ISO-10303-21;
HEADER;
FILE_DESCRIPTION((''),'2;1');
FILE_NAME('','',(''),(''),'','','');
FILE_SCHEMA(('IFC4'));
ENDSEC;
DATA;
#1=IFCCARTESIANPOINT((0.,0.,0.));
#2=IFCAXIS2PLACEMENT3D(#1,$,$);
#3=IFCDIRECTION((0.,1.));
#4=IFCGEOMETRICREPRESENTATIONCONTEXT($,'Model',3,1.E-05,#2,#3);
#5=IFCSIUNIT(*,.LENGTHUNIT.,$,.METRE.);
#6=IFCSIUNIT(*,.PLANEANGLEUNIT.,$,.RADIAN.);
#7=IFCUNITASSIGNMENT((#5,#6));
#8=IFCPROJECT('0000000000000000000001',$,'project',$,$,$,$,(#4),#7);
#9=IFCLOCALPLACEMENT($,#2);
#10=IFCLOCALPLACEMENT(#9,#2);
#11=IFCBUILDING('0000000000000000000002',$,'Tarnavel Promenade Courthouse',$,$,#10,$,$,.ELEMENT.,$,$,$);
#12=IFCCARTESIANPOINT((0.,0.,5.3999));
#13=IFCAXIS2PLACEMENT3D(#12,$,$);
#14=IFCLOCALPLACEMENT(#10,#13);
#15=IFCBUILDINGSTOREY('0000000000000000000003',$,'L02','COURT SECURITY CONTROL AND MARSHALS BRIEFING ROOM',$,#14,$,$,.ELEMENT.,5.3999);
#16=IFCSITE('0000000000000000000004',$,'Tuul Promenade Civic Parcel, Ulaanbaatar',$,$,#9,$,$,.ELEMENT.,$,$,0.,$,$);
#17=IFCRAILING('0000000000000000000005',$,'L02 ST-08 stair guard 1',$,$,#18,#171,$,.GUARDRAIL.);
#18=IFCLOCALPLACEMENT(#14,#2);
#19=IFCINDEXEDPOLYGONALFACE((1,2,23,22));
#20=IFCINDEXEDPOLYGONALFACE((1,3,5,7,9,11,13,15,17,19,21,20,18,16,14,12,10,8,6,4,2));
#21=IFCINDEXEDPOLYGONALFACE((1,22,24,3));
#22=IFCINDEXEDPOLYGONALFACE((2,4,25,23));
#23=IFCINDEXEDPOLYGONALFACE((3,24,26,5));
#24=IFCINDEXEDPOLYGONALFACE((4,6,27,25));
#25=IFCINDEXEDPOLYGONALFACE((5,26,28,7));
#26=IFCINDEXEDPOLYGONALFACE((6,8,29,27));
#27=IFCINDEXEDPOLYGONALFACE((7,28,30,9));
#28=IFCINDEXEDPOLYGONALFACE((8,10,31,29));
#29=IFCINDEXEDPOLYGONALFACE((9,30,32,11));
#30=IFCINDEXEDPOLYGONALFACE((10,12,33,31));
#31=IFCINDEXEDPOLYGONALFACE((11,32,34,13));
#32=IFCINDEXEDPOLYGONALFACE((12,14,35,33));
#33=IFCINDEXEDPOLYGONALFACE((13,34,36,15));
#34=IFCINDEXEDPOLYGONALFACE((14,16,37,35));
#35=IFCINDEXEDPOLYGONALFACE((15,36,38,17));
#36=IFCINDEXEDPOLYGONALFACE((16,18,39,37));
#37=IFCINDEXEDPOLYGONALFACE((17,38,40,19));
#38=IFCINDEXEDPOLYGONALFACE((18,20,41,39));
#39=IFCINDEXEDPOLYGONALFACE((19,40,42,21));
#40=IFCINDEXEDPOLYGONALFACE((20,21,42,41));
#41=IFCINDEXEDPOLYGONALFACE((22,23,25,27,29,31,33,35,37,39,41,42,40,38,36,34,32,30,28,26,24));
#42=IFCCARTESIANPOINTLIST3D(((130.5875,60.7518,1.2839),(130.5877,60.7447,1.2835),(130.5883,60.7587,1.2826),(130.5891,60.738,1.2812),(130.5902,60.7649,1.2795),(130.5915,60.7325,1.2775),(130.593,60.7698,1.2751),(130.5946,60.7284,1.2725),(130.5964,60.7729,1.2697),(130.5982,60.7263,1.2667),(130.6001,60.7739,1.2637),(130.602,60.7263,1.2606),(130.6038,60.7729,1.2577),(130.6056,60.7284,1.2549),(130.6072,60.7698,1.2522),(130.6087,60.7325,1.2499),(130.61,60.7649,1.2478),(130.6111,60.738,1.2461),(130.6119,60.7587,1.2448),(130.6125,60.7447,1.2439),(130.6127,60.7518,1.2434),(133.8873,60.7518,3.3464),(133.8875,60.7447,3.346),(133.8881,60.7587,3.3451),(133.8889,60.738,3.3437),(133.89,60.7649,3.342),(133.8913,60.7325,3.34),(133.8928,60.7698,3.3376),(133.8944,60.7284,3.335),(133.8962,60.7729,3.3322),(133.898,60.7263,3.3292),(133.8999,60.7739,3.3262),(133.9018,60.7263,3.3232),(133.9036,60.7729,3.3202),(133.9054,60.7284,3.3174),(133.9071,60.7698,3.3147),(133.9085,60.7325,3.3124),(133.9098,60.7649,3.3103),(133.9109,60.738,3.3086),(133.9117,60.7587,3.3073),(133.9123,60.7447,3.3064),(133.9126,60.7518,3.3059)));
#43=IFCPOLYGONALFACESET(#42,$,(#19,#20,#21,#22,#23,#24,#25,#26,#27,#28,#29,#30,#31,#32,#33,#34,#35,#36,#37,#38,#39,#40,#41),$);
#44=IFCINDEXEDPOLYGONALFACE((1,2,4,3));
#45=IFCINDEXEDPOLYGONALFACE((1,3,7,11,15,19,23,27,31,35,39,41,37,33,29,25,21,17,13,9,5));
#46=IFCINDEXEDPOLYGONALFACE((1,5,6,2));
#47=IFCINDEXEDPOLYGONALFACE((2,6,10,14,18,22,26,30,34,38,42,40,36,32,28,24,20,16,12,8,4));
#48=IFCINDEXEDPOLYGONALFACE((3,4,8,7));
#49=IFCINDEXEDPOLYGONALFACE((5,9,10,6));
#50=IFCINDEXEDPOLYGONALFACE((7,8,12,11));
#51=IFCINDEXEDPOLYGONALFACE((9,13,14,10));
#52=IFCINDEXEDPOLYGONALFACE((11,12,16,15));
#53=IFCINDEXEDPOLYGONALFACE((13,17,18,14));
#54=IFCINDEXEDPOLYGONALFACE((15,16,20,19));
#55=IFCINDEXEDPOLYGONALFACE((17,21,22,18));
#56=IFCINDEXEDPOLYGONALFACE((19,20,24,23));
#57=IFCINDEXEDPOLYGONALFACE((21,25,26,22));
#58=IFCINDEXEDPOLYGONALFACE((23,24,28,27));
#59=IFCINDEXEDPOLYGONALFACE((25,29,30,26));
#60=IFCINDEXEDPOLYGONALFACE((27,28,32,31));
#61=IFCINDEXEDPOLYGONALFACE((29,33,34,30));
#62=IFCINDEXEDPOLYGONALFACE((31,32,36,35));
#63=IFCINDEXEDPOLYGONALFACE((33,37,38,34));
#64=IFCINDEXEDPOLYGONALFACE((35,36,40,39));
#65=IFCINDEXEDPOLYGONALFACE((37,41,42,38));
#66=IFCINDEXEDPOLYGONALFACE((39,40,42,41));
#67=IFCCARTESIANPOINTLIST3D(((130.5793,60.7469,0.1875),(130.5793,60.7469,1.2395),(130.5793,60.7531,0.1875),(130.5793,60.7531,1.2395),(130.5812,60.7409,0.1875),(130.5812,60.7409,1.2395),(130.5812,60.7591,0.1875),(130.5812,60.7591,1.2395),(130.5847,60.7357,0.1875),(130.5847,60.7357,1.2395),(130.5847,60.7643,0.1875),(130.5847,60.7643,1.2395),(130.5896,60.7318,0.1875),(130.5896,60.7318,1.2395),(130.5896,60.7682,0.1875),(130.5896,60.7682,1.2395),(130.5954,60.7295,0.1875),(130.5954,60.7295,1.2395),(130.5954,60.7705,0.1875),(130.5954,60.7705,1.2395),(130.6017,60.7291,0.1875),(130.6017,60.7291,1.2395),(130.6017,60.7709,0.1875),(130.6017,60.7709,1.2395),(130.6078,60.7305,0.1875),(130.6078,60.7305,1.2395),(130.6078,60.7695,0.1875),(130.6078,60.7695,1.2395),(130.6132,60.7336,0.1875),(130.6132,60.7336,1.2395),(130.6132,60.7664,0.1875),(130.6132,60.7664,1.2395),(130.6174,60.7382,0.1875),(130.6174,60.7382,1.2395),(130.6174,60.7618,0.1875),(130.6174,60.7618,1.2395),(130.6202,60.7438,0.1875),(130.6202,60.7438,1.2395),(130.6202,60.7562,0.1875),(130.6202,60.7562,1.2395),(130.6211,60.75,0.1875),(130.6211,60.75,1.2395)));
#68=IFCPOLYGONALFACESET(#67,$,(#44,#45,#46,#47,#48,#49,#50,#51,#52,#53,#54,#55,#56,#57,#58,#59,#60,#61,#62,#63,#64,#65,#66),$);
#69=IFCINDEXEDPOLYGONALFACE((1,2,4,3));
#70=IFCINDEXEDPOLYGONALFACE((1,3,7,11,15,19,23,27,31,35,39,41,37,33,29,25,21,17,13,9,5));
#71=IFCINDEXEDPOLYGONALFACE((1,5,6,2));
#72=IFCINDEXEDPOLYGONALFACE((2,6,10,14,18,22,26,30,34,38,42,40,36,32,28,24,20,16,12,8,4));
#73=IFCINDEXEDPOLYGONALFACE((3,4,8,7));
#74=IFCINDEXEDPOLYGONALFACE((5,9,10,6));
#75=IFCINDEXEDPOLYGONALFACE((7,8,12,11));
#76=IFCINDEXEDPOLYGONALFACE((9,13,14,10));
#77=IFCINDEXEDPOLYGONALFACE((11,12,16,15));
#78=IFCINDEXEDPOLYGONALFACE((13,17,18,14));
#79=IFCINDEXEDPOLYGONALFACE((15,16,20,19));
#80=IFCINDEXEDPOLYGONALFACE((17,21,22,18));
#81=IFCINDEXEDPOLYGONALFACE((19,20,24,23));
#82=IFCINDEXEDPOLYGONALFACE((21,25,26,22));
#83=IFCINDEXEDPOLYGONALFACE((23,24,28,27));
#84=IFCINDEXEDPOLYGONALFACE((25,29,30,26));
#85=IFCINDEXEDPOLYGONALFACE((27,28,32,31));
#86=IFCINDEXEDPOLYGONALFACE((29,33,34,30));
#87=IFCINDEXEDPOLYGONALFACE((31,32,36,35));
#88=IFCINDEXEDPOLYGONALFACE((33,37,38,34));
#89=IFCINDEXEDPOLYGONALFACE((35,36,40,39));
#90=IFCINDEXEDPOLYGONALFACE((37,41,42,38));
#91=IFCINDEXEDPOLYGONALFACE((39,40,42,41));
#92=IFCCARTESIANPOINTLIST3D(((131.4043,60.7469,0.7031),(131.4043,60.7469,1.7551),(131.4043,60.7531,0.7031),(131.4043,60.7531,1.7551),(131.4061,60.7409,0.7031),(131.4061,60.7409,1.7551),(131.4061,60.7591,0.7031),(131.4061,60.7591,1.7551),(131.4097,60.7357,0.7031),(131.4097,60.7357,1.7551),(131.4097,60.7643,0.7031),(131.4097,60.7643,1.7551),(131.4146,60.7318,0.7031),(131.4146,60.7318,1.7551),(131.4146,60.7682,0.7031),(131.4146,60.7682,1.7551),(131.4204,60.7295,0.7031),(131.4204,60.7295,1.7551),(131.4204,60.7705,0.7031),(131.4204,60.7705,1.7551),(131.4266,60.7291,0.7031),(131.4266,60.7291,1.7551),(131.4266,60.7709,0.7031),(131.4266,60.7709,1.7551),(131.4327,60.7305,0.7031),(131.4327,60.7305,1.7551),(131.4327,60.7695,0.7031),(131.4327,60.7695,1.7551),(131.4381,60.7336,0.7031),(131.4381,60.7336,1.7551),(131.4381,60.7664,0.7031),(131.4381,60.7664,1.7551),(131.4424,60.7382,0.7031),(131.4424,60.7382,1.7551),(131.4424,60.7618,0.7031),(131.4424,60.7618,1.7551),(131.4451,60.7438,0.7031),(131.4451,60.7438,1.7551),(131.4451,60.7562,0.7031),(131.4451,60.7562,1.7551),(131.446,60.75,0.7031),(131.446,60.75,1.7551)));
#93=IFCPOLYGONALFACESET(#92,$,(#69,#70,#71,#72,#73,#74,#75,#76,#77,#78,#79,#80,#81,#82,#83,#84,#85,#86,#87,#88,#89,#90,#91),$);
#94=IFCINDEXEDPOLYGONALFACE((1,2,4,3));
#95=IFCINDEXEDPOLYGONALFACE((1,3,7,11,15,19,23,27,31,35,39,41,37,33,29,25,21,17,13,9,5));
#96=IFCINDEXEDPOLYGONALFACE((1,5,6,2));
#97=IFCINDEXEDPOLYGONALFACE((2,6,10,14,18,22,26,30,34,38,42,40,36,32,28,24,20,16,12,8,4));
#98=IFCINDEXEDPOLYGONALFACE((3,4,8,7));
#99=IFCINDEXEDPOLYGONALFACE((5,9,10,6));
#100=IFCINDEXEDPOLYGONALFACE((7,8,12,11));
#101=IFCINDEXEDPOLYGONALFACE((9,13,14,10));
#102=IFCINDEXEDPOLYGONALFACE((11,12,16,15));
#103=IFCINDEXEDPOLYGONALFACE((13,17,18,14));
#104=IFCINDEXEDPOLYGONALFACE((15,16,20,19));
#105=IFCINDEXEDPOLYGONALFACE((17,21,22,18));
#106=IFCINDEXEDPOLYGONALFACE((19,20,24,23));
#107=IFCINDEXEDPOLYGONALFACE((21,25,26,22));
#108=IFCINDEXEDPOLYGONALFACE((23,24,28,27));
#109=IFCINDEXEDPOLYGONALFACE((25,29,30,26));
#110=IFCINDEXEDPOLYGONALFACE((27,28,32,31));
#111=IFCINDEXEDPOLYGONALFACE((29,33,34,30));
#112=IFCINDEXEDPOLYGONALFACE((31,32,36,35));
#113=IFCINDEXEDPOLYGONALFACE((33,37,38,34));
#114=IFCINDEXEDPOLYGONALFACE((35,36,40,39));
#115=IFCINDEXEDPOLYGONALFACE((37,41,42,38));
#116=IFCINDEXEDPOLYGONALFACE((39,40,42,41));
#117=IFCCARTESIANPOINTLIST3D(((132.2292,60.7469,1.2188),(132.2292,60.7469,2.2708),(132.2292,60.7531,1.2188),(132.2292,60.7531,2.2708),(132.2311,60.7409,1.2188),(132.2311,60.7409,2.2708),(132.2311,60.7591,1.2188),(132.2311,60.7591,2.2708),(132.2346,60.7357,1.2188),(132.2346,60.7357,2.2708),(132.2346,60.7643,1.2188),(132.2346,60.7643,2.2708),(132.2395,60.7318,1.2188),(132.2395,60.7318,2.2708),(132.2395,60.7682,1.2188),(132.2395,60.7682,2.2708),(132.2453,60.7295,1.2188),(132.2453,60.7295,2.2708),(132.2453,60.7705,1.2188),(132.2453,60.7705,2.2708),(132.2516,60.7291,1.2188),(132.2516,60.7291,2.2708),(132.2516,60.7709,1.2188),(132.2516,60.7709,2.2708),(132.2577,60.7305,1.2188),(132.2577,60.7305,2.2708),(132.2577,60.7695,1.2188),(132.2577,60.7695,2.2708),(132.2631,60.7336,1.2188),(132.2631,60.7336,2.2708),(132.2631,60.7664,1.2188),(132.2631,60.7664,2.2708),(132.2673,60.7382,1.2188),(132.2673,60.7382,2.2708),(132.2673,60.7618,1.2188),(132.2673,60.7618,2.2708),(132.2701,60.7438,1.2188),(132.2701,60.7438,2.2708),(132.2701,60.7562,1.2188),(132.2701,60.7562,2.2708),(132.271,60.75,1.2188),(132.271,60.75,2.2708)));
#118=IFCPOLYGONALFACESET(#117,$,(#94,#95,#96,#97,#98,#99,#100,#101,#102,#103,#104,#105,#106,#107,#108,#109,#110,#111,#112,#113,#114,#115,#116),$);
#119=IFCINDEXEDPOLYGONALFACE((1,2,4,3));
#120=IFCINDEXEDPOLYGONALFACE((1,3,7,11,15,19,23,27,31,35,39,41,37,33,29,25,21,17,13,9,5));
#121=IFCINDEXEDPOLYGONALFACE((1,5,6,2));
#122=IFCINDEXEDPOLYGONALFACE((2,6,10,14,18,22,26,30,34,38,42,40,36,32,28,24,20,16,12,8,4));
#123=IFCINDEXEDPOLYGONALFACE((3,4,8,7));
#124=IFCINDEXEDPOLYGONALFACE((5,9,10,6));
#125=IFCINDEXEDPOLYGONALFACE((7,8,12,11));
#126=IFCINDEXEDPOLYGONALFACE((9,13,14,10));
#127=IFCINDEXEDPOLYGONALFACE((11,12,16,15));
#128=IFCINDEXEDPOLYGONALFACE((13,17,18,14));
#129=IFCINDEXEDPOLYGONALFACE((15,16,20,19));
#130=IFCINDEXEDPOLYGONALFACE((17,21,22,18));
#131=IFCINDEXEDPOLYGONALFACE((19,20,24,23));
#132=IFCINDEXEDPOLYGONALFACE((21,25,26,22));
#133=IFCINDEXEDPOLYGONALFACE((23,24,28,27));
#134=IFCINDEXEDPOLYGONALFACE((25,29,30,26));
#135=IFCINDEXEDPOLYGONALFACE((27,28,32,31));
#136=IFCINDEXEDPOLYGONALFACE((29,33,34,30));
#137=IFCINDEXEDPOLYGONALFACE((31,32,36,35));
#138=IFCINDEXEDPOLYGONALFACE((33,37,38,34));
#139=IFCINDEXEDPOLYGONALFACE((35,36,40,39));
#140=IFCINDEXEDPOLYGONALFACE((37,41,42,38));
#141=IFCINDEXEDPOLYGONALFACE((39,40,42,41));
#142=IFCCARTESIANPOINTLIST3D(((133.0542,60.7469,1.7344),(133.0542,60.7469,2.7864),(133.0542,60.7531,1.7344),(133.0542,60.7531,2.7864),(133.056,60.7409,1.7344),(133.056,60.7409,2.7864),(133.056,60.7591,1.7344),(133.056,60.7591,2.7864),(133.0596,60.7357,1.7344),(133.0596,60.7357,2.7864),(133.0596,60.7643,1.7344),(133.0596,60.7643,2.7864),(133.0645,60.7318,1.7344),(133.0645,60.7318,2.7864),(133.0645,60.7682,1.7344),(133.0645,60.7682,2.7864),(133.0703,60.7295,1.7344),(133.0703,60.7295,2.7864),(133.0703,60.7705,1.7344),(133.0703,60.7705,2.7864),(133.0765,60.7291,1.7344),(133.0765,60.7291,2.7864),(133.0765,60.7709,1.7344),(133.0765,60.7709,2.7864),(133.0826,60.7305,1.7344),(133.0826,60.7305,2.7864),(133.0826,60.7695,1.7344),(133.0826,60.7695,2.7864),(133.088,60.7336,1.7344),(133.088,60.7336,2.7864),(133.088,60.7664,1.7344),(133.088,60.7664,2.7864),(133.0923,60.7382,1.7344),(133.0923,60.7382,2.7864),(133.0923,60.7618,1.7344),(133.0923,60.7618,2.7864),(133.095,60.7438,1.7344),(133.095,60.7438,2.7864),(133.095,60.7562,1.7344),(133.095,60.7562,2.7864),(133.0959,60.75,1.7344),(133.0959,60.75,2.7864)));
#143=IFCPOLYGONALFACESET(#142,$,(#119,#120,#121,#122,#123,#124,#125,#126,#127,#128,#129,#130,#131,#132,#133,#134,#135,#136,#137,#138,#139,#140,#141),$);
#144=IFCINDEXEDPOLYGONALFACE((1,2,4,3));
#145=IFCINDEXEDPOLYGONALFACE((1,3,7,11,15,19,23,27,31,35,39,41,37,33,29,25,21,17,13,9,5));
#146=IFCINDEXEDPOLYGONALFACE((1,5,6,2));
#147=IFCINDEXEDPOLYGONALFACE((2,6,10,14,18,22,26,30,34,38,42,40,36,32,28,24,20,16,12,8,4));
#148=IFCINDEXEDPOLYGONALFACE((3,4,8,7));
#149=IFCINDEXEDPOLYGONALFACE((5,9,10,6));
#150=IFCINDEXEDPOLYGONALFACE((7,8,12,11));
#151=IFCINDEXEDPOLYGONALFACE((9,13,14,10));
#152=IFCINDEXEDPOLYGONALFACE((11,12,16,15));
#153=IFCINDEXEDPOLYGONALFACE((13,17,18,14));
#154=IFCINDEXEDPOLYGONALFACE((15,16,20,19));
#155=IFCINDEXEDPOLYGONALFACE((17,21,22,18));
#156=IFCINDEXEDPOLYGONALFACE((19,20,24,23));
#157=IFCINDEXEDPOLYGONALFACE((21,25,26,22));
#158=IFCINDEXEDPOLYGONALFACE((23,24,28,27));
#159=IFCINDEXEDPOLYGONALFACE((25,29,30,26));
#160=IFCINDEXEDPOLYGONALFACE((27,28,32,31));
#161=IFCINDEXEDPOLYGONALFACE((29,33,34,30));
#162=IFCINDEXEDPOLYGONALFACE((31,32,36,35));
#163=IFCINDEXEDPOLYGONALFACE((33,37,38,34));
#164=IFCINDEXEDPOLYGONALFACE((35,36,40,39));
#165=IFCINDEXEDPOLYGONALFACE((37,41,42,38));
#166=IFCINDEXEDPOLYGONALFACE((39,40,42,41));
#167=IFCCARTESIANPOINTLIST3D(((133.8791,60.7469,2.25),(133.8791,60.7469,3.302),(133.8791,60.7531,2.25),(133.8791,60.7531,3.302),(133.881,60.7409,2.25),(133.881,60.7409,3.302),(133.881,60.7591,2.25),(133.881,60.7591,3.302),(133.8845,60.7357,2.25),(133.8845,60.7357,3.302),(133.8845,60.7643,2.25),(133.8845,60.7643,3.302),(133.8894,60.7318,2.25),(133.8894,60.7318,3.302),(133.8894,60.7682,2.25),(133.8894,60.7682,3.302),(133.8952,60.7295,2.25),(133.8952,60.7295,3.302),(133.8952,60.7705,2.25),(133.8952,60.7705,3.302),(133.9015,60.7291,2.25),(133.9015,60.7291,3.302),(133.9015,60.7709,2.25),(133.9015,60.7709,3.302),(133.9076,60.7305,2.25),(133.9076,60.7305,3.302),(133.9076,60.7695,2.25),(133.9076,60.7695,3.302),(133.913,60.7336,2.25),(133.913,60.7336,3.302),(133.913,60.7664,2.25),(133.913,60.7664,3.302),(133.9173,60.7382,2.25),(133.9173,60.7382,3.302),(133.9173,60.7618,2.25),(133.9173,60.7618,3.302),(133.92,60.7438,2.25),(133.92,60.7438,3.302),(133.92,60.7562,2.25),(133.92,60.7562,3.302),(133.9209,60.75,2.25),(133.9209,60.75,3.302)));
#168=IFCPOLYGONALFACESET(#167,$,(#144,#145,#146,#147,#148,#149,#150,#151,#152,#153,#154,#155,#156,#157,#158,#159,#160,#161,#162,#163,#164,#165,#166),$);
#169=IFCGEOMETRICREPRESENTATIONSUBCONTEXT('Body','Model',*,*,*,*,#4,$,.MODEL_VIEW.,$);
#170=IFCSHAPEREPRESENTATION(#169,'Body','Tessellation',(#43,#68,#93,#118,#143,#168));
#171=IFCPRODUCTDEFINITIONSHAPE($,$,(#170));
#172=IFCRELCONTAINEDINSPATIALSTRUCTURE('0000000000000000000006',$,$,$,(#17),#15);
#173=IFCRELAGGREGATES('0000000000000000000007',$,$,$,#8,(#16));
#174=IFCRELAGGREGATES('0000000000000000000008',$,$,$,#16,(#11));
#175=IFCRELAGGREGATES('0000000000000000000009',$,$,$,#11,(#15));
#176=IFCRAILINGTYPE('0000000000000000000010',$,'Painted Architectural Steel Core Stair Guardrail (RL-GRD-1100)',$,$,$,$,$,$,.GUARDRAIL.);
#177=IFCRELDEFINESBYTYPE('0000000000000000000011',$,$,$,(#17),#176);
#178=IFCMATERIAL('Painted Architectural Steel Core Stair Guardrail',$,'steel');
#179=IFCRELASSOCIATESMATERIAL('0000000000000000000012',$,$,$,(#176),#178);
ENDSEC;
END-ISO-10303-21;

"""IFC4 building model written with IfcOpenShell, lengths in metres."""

from ifc_helpers import new_model, si_unit, direction, frame, origin, origin_2d, place, context, subcontext, project, spatial, circle, extrude, material, type_object, element, save


model = new_model("IFC4")

# Units and contexts
model_context = context("Model", 3, precision=1e-05, world=origin(), true_north=direction((0.0, 1.0)))
body_context = subcontext(model_context, "Body", "Model", "MODEL_VIEW")
ifc_project = project(units=[si_unit("LENGTHUNIT", "METRE"), si_unit("PLANEANGLEUNIT", "RADIAN")], contexts=[model_context])

# Site, building, storey
site_placement = place(None, origin())
site = spatial("IfcSite", under=ifc_project, at=site_placement, Name="Tuul Promenade Civic Parcel, Ulaanbaatar", CompositionType="ELEMENT", RefElevation=0.0)
building_placement = place(site_placement, origin())
building = spatial("IfcBuilding", under=site, at=building_placement, Name="Tarnavel Promenade Courthouse", CompositionType="ELEMENT")
storey_placement = place(building_placement, frame((0.0, 0.0, 5.3999)))
storey = spatial("IfcBuildingStorey", under=building, at=storey_placement, Name="L02", Description="COURT SECURITY CONTROL AND MARSHALS BRIEFING ROOM", CompositionType="ELEMENT", Elevation=5.3999)

# Railing
ifc_material_1 = material(Name="Painted Architectural Steel Core Stair Guardrail", Category="steel")
railing_type_1 = type_object("IfcRailingType", Name="Painted Architectural Steel Core Stair Guardrail (RL-GRD-1100)", PredefinedType="GUARDRAIL", material=ifc_material_1)
railing_1_placement = place(storey_placement, frame((130.6001, 60.75, 0.1875)))
element("IfcRailing", 1, at=railing_1_placement, inside=storey, type_object=railing_type_1, Name="L02 ST-08 stair guard 1", PredefinedType="GUARDRAIL", context=body_context, shape_type="SweptSolid", body=[
    extrude(circle(Radius=0.0239, at=origin_2d()), frame((0.0, 0.0, 1.0762), z_axis=(0.847984, 0.0, 0.530021), x_axis=(0.0, 1.0, 0.0)), (0.0, 0.0, 1.0), 3.8914),
    extrude(circle(Radius=0.021, at=origin_2d()), origin(), (0.0, 0.0, 1.0), 1.052),
    extrude(circle(Radius=0.021, at=origin_2d()), frame((0.825, 0.0, 0.5156)), (0.0, 0.0, 1.0), 1.052),
    extrude(circle(Radius=0.021, at=origin_2d()), frame((1.6499, 0.0, 1.0312)), (0.0, 0.0, 1.0), 1.052),
    extrude(circle(Radius=0.021, at=origin_2d()), frame((2.4749, 0.0, 1.5469)), (0.0, 0.0, 1.0), 1.052),
    extrude(circle(Radius=0.021, at=origin_2d()), frame((3.2998, 0.0, 2.0625)), (0.0, 0.0, 1.0), 1.052),
])

save(model, "model.ifc")
